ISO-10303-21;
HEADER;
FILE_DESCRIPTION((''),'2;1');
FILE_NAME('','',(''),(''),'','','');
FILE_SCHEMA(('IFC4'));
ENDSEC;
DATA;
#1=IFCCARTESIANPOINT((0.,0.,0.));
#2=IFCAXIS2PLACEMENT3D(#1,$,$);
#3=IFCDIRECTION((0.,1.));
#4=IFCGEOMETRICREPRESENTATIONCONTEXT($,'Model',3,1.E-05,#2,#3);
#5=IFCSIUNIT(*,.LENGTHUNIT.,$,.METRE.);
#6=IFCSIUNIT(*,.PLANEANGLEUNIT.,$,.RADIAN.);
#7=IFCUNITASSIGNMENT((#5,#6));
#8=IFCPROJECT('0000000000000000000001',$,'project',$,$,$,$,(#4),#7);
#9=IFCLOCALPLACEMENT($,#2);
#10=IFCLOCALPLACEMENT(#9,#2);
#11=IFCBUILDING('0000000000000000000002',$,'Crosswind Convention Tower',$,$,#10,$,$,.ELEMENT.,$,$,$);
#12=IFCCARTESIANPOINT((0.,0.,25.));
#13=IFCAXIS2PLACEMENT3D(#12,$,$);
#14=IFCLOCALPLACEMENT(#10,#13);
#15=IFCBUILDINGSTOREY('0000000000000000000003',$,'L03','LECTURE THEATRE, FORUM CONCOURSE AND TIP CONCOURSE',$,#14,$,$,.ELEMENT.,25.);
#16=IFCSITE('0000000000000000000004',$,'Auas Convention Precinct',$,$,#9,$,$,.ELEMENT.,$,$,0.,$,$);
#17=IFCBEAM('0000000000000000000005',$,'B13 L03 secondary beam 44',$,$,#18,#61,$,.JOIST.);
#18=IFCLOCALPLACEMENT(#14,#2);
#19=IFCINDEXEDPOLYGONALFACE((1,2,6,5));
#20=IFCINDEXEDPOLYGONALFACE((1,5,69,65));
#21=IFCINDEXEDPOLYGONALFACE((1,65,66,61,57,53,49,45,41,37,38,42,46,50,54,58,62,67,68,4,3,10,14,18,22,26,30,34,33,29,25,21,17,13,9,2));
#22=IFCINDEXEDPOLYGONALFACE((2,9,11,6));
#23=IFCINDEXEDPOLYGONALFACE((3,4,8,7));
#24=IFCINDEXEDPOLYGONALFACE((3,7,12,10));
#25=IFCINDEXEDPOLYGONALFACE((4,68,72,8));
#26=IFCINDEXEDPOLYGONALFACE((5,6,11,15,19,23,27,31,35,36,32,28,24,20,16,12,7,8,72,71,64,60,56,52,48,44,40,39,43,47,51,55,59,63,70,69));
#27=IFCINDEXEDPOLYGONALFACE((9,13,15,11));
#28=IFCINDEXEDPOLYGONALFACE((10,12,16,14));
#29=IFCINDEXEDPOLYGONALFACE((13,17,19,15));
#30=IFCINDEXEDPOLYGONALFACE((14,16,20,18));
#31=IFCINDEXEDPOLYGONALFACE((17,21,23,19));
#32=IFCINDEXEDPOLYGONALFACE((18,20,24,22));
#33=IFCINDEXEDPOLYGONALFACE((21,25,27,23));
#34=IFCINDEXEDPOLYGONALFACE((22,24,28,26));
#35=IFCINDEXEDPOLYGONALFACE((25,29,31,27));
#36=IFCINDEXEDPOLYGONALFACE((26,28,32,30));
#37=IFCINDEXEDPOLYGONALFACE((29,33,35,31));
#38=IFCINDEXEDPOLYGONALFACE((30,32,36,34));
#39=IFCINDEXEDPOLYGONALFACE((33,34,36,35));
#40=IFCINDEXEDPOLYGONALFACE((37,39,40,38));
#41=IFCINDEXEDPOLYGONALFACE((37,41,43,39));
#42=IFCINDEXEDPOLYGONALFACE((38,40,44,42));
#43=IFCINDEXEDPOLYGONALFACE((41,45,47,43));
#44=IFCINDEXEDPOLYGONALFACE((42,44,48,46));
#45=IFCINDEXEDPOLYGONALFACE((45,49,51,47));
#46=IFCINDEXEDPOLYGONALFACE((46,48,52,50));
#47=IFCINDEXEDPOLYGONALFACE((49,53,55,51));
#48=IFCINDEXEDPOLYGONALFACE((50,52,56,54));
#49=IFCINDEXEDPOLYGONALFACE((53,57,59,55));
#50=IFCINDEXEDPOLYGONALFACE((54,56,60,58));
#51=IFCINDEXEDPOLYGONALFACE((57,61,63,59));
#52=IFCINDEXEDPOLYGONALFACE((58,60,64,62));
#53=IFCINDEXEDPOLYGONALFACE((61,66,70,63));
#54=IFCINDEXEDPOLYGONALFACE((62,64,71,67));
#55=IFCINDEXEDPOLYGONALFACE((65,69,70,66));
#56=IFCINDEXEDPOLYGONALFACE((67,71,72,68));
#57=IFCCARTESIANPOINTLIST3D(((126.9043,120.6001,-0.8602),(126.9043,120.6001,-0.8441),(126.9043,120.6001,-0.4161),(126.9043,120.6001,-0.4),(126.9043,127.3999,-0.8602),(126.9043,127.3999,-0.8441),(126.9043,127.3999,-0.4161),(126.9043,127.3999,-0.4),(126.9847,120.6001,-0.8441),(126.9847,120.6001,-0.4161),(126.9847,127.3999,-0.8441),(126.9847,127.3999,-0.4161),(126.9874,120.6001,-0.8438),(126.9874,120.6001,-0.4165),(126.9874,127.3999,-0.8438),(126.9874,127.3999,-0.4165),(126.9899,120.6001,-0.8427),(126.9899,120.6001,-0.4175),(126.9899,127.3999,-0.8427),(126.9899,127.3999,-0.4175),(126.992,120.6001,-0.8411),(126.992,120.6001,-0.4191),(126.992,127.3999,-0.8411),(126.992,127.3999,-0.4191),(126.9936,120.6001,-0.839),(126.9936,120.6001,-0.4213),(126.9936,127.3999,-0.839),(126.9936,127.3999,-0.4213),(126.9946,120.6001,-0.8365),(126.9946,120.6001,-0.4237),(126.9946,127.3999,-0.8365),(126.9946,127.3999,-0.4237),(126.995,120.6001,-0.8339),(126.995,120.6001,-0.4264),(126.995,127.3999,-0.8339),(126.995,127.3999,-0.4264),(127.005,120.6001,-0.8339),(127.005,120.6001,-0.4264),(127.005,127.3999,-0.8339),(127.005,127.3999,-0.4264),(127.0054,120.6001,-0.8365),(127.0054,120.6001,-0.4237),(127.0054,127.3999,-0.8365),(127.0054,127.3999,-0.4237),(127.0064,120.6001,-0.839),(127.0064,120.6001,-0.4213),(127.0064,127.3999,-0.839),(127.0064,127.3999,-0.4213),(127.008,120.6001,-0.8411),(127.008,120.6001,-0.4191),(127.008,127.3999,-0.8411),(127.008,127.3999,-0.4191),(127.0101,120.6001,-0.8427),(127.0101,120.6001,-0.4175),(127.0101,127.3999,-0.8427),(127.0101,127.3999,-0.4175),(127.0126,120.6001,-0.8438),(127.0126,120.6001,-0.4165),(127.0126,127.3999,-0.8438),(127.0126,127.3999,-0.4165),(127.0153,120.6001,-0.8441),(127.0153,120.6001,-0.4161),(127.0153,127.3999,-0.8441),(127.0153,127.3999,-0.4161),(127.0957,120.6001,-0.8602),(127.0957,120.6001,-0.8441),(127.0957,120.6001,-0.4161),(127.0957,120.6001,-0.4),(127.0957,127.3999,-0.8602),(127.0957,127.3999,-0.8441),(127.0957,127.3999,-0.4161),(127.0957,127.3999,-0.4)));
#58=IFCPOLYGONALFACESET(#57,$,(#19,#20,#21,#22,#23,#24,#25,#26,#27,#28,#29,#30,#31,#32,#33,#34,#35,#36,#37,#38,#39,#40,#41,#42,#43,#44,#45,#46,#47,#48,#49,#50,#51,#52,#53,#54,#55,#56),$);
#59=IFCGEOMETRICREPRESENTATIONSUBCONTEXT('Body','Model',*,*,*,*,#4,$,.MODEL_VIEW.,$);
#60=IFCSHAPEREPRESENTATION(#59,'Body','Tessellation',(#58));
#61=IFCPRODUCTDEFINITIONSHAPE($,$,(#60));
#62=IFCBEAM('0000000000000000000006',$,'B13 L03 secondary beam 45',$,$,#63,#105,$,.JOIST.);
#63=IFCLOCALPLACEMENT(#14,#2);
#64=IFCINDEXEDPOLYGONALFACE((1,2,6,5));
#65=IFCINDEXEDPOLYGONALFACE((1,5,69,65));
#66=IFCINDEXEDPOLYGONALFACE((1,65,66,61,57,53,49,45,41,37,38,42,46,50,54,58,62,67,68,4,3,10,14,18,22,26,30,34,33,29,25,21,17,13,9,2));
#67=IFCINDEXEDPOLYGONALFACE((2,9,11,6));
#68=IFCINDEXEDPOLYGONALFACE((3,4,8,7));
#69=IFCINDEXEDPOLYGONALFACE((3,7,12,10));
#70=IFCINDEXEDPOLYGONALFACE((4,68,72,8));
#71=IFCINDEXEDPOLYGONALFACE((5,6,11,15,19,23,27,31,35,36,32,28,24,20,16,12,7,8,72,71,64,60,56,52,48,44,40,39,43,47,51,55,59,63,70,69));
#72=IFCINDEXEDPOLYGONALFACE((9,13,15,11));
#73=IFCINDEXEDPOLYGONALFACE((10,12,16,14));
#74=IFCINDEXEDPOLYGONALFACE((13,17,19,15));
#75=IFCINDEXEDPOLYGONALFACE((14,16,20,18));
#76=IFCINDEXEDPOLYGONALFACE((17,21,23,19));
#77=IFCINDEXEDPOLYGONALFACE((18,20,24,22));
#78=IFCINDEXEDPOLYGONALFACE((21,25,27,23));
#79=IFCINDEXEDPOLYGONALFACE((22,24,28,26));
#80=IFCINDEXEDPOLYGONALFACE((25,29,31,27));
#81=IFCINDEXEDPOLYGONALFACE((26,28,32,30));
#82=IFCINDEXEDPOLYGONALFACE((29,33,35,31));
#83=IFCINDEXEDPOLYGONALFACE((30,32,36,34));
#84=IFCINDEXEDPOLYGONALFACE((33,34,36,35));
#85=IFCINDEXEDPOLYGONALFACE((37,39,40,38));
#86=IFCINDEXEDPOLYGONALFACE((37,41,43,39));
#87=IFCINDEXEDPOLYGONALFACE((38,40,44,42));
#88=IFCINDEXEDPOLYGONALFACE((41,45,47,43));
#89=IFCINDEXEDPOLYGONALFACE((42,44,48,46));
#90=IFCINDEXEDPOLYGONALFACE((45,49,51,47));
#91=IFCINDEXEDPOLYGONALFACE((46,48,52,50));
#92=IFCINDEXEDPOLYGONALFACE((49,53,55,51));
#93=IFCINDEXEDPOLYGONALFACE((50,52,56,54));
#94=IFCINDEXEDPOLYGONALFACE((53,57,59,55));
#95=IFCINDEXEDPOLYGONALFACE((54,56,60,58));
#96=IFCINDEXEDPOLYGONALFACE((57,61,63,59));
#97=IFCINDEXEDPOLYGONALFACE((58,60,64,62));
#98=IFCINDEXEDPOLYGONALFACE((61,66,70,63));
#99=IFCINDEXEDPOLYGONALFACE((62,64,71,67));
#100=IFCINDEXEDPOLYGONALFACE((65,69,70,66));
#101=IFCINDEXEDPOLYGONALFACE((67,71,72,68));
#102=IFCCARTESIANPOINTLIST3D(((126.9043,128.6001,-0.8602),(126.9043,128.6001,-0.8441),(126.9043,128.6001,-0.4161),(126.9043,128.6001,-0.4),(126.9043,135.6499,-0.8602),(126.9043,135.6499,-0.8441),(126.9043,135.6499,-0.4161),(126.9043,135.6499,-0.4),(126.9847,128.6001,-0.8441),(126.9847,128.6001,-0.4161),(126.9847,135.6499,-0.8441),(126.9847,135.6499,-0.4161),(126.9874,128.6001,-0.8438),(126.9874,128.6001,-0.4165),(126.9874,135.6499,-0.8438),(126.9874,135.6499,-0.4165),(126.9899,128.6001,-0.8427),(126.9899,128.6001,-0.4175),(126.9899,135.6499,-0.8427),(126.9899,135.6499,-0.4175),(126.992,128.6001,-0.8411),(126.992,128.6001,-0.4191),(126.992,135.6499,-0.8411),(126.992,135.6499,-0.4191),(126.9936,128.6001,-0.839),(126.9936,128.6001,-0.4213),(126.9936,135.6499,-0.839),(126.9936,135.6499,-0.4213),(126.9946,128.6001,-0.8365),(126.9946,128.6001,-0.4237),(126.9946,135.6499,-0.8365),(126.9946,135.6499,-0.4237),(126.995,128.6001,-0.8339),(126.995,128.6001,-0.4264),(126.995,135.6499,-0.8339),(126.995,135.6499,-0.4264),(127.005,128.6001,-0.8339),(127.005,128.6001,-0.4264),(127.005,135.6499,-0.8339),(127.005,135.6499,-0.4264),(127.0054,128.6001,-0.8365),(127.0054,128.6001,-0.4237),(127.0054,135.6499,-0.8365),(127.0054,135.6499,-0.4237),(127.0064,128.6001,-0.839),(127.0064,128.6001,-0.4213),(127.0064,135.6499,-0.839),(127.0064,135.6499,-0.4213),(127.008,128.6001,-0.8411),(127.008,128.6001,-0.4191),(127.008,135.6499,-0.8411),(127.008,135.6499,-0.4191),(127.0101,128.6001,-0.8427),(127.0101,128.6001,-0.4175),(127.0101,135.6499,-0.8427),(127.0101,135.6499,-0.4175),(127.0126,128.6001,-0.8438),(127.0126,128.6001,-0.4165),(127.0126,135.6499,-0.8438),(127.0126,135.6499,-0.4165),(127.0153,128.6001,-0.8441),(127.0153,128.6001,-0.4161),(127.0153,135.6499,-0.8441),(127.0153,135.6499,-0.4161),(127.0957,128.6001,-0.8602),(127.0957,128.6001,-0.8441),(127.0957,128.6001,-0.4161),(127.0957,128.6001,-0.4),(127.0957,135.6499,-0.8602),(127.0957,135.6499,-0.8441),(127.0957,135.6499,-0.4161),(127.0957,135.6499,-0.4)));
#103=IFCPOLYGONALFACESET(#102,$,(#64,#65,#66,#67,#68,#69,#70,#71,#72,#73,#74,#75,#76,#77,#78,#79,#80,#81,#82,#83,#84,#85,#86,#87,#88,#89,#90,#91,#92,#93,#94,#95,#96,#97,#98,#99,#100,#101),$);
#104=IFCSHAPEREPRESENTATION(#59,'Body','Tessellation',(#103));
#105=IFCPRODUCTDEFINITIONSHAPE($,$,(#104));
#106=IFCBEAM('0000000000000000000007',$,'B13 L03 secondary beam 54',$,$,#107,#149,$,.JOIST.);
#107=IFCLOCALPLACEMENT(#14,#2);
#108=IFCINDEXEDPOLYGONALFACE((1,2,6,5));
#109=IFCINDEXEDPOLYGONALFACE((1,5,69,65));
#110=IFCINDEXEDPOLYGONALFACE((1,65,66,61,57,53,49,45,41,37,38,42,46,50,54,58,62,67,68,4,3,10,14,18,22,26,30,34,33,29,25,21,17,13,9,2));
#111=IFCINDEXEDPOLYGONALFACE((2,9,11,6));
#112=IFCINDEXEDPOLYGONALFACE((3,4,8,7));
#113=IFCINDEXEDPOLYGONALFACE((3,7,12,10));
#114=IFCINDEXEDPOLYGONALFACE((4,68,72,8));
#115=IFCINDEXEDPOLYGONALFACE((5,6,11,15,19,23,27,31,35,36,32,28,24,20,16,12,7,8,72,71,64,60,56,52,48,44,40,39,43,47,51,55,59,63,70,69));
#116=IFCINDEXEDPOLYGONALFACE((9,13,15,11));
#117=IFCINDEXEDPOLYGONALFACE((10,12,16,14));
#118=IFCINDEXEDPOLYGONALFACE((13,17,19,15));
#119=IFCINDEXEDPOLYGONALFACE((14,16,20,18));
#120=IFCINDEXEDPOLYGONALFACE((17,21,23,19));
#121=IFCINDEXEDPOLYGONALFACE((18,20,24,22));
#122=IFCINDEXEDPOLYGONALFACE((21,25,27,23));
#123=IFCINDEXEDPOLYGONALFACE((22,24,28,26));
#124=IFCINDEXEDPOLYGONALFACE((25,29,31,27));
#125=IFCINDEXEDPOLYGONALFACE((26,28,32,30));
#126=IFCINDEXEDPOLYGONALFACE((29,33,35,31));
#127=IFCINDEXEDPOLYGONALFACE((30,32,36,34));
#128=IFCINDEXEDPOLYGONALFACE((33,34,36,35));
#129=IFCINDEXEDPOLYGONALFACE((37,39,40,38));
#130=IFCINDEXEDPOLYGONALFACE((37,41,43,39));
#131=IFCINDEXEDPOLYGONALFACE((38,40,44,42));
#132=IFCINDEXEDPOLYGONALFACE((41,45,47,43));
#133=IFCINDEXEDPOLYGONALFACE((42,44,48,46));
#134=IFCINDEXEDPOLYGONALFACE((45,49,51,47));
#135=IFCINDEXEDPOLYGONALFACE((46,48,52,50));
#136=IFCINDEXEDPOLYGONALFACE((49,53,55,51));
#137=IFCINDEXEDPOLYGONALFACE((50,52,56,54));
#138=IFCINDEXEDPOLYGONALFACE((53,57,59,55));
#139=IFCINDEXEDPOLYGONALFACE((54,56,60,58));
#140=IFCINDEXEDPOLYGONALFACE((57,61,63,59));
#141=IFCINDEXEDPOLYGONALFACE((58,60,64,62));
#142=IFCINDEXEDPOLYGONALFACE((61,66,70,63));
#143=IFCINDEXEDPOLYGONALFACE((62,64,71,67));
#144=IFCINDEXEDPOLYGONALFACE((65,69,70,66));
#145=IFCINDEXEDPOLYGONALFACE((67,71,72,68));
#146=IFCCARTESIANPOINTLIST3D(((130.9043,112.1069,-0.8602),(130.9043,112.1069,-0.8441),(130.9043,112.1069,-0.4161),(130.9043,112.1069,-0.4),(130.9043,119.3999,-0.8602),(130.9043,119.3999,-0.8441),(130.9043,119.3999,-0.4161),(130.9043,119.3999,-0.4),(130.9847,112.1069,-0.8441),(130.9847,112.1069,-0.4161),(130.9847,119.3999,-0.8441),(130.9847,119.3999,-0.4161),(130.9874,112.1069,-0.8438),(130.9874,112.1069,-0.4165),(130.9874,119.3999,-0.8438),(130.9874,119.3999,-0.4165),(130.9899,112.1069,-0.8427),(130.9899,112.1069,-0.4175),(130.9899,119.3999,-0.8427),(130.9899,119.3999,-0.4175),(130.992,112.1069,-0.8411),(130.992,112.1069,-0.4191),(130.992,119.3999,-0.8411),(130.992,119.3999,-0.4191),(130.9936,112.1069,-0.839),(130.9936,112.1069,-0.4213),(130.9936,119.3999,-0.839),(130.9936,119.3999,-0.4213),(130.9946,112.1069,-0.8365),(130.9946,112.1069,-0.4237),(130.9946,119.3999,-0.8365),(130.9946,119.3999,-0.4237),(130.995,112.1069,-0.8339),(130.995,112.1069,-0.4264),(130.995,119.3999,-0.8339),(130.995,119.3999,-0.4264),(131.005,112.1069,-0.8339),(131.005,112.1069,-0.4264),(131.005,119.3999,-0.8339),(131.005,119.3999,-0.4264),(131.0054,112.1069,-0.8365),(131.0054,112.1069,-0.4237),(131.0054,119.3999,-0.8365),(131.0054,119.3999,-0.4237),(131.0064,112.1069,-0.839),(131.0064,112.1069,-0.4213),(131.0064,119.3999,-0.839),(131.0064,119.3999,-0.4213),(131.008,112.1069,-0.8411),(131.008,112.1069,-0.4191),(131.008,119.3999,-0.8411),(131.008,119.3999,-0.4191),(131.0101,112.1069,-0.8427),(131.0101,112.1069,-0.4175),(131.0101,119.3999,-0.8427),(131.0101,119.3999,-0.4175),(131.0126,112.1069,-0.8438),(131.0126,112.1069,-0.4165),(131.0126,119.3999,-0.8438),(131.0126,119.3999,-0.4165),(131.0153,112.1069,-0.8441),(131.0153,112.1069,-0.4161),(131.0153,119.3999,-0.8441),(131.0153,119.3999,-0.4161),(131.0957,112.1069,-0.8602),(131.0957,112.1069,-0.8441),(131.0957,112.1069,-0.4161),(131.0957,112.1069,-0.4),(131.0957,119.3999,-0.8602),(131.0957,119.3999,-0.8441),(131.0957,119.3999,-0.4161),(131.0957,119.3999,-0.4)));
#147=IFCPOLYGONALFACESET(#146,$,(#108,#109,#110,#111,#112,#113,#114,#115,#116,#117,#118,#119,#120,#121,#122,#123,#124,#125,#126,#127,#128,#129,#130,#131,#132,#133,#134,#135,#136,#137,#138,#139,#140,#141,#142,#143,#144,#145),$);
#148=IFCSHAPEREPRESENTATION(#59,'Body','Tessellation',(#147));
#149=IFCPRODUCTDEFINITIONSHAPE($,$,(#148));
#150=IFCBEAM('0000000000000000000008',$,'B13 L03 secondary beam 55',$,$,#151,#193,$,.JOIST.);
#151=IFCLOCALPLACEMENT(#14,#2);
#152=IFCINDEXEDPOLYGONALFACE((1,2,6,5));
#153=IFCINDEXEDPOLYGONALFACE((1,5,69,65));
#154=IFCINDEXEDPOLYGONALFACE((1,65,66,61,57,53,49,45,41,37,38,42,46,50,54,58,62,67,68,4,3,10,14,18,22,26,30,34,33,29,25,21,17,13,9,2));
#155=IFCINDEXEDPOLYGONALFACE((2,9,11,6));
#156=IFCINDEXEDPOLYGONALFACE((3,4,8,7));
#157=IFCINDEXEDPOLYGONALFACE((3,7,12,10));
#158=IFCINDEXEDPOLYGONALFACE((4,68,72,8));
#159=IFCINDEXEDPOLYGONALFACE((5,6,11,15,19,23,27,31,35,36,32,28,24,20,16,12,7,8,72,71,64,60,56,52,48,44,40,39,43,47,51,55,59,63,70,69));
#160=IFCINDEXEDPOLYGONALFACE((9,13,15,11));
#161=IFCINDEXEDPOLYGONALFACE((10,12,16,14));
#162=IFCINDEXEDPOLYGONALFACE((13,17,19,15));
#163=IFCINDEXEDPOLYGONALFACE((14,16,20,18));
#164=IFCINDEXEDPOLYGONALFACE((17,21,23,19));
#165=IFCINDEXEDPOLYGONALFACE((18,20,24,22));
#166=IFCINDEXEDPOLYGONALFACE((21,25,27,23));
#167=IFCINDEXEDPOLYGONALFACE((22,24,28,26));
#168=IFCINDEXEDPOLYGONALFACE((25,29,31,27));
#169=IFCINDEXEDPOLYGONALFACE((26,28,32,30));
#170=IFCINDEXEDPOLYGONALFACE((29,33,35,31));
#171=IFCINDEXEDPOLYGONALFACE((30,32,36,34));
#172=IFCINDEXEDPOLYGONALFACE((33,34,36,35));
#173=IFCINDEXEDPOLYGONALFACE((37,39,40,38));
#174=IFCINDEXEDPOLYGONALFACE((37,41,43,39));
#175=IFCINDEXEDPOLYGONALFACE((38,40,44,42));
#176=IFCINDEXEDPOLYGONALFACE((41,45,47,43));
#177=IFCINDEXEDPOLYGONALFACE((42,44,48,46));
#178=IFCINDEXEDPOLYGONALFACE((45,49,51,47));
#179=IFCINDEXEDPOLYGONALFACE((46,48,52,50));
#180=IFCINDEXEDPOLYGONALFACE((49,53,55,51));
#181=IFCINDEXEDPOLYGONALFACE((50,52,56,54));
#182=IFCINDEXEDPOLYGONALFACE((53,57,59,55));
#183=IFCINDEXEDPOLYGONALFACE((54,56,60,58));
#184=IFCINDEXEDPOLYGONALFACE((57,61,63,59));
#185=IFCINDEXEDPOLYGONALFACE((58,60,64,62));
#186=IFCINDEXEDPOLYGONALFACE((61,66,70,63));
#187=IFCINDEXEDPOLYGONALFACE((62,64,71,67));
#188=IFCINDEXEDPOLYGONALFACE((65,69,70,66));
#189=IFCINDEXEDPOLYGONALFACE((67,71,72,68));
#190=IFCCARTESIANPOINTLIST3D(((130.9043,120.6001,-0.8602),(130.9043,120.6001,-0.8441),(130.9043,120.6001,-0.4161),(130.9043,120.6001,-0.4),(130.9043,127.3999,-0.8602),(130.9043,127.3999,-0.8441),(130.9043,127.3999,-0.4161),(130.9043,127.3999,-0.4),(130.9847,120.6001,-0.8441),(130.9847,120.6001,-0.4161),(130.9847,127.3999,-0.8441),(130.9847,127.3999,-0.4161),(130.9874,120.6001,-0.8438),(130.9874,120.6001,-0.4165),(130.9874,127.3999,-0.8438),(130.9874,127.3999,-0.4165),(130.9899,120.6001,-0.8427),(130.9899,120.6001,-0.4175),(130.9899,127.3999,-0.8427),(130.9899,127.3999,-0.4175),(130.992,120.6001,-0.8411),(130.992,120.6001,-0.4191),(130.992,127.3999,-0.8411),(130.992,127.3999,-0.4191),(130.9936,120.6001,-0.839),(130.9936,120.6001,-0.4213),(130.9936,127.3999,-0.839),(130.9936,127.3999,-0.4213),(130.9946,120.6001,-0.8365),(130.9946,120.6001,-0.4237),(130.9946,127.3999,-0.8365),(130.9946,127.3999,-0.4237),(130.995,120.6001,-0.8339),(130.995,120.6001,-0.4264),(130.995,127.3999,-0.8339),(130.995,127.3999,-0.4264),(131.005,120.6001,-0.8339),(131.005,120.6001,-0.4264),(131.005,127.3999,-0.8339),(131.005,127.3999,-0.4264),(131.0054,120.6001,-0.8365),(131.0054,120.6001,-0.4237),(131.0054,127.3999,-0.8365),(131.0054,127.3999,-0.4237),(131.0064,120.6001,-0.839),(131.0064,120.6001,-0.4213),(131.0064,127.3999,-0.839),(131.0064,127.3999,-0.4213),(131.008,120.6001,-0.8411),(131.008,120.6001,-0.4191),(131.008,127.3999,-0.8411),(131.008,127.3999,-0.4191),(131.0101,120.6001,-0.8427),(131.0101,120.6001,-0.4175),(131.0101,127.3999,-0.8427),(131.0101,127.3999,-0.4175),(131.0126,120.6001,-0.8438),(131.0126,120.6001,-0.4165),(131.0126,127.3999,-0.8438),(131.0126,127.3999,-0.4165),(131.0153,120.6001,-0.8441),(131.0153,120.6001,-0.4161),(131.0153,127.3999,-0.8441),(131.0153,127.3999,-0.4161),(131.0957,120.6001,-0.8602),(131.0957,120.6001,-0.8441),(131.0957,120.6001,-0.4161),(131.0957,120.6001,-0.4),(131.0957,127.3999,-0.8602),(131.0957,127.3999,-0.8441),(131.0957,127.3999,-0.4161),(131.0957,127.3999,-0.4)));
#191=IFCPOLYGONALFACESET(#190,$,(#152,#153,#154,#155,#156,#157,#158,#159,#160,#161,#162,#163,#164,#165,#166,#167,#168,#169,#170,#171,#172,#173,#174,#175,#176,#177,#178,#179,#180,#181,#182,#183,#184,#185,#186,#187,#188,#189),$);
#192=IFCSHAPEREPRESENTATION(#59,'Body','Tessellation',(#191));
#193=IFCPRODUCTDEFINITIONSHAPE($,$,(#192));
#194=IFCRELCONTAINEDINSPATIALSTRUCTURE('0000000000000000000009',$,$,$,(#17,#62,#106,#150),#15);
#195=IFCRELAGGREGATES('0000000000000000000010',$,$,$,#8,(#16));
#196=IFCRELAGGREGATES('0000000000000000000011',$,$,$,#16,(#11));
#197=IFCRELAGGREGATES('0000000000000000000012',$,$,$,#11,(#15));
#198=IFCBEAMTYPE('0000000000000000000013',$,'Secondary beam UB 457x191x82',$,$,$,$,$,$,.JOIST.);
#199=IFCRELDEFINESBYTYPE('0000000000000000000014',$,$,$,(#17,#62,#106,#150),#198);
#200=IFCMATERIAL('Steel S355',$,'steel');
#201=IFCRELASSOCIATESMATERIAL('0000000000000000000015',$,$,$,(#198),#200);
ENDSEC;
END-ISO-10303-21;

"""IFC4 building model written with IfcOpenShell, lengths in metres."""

from ifc_helpers import new_model, si_unit, direction, frame, origin, origin_2d, place, context, subcontext, project, spatial, i_section, extrude, material, material_profile, profile_set, type_object, element, save


model = new_model("IFC4")

# Units and contexts
model_context = context("Model", 3, precision=1e-05, world=origin(), true_north=direction((0.0, 1.0)))
body_context = subcontext(model_context, "Body", "Model", "MODEL_VIEW")
ifc_project = project(units=[si_unit("LENGTHUNIT", "METRE"), si_unit("PLANEANGLEUNIT", "RADIAN")], contexts=[model_context])

# Site, building, storey
site_placement = place(None, origin())
site = spatial("IfcSite", under=ifc_project, at=site_placement, Name="Auas Convention Precinct", CompositionType="ELEMENT", RefElevation=0.0)
building_placement = place(site_placement, origin())
building = spatial("IfcBuilding", under=site, at=building_placement, Name="Crosswind Convention Tower", CompositionType="ELEMENT")
storey_placement = place(building_placement, frame((0.0, 0.0, 25.0)))
storey = spatial("IfcBuildingStorey", under=building, at=storey_placement, Name="L03", Description="LECTURE THEATRE, FORUM CONCOURSE AND TIP CONCOURSE", CompositionType="ELEMENT", Elevation=25.0)

# Shared definitions
ifc_material_1 = material(Name="Steel S355", Category="steel")

# Beams
ifc_material_profile_1 = material_profile(ifc_material_1, i_section(OverallWidth=0.1914, OverallDepth=0.4602, WebThickness=0.01, FlangeThickness=0.0161, FilletRadius=0.0103, at=origin_2d()), Name="UB 457x191x82")
ifc_profile_set_1 = profile_set([ifc_material_profile_1], Name="Steel S355")
beam_type_1 = type_object("IfcBeamType", Name="Secondary beam UB 457x191x82", PredefinedType="JOIST", material=ifc_profile_set_1)
beam_1_placement = place(storey_placement, frame((127.0, 120.6001, -0.6301), z_axis=(0.0, 1.0, 0.0), x_axis=(-1.0, 0.0, 0.0)))
element("IfcBeam", 1, at=beam_1_placement, inside=storey, type_object=beam_type_1, Name="B13 L03 secondary beam 44", PredefinedType="JOIST", context=body_context, shape_type="SweptSolid", body=[
    extrude(i_section(OverallWidth=0.1914, OverallDepth=0.4602, WebThickness=0.01, FlangeThickness=0.0161, FilletRadius=0.0103, at=origin_2d()), origin(), (0.0, 0.0, 1.0), 6.7998),
])
beam_2_placement = place(storey_placement, frame((127.0, 128.6001, -0.6301), z_axis=(0.0, 1.0, 0.0), x_axis=(-1.0, 0.0, 0.0)))
element("IfcBeam", 2, at=beam_2_placement, inside=storey, type_object=beam_type_1, Name="B13 L03 secondary beam 45", PredefinedType="JOIST", context=body_context, shape_type="SweptSolid", body=[
    extrude(i_section(OverallWidth=0.1914, OverallDepth=0.4602, WebThickness=0.01, FlangeThickness=0.0161, FilletRadius=0.0103, at=origin_2d()), origin(), (0.0, 0.0, 1.0), 7.0498),
])
beam_3_placement = place(storey_placement, frame((131.0, 112.1069, -0.6301), z_axis=(0.0, 1.0, 0.0), x_axis=(-1.0, 0.0, 0.0)))
element("IfcBeam", 3, at=beam_3_placement, inside=storey, type_object=beam_type_1, Name="B13 L03 secondary beam 54", PredefinedType="JOIST", context=body_context, shape_type="SweptSolid", body=[
    extrude(i_section(OverallWidth=0.1914, OverallDepth=0.4602, WebThickness=0.01, FlangeThickness=0.0161, FilletRadius=0.0103, at=origin_2d()), origin(), (0.0, 0.0, 1.0), 7.293),
])
beam_4_placement = place(storey_placement, frame((131.0, 120.6001, -0.6301), z_axis=(0.0, 1.0, 0.0), x_axis=(-1.0, 0.0, 0.0)))
element("IfcBeam", 4, at=beam_4_placement, inside=storey, type_object=beam_type_1, Name="B13 L03 secondary beam 55", PredefinedType="JOIST", context=body_context, shape_type="SweptSolid", body=[
    extrude(i_section(OverallWidth=0.1914, OverallDepth=0.4602, WebThickness=0.01, FlangeThickness=0.0161, FilletRadius=0.0103, at=origin_2d()), origin(), (0.0, 0.0, 1.0), 6.7998),
])

save(model, "model.ifc")
